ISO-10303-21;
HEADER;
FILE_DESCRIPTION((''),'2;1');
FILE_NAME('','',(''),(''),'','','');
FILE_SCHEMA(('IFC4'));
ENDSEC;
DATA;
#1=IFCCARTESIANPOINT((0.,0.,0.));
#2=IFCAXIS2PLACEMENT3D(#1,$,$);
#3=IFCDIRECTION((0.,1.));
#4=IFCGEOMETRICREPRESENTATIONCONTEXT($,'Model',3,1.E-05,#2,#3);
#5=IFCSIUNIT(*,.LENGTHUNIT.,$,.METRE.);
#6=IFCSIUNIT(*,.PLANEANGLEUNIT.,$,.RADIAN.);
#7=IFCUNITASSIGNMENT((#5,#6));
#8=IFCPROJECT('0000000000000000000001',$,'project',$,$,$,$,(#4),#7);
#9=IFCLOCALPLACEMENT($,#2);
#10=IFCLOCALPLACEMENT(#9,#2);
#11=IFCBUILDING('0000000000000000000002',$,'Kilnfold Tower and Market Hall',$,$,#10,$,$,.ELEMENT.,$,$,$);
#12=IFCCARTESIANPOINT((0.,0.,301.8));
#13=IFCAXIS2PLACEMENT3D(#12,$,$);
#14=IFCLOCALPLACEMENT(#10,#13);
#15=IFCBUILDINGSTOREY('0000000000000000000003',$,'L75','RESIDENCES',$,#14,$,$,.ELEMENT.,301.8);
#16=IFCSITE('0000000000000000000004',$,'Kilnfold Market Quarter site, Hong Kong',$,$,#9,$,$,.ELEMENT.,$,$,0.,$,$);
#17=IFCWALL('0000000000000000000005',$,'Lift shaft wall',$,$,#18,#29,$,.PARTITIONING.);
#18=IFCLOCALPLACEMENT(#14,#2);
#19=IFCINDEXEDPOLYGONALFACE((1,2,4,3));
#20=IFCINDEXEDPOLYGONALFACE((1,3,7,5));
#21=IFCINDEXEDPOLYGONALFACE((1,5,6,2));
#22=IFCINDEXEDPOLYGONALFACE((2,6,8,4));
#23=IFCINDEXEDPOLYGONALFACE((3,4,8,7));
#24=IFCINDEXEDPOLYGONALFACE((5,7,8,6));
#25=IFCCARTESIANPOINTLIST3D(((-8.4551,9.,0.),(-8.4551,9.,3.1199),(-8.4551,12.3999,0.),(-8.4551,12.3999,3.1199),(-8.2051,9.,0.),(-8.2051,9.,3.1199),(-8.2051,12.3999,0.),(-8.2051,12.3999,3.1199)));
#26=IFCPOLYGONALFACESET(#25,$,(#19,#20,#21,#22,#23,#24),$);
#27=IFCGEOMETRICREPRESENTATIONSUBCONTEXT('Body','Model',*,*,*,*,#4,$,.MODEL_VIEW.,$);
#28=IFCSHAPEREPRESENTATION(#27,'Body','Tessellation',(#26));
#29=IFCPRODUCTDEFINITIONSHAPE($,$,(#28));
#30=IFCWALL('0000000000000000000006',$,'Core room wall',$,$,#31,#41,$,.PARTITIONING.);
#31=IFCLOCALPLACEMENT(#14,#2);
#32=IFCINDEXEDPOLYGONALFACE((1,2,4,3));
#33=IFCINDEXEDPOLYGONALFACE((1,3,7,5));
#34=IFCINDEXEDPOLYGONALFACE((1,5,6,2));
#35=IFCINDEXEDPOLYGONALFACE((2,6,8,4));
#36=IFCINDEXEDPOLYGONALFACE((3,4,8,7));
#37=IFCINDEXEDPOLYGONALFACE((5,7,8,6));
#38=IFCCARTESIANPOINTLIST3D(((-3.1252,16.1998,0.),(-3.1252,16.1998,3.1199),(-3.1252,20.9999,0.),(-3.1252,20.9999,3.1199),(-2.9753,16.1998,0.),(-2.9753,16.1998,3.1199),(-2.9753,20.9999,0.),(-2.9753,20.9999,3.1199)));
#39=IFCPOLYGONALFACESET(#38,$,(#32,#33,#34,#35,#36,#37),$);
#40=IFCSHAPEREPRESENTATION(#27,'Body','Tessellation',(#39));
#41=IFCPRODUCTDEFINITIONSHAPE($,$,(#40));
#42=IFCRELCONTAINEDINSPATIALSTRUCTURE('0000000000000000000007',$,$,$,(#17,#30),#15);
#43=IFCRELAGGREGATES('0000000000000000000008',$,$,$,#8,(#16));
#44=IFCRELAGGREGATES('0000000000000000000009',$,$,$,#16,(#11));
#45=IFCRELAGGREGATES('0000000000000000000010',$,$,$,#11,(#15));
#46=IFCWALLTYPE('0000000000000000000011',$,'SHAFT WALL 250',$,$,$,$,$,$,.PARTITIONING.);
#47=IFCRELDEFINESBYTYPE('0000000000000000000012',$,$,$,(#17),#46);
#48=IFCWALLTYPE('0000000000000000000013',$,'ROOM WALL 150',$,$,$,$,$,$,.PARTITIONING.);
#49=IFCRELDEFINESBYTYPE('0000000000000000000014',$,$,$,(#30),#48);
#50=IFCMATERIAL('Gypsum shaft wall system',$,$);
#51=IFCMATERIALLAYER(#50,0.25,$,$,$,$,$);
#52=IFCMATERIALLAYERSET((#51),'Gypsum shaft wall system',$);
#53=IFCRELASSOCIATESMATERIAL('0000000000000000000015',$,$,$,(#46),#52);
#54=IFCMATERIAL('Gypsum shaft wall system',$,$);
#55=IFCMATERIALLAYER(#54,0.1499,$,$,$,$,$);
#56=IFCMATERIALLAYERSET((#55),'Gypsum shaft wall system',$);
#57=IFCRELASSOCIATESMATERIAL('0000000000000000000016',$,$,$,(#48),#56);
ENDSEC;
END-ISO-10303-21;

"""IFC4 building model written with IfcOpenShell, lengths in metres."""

from ifc_helpers import new_model, si_unit, direction, frame, frame_2d, origin, place, context, subcontext, project, spatial, rectangle, extrude, source, transform, mapped, material, layer, layer_set, type_object, element, save


model = new_model("IFC4")

# Units and contexts
model_context = context("Model", 3, precision=1e-05, world=origin(), true_north=direction((0.0, 1.0)))
body_context = subcontext(model_context, "Body", "Model", "MODEL_VIEW")
ifc_project = project(units=[si_unit("LENGTHUNIT", "METRE"), si_unit("PLANEANGLEUNIT", "RADIAN")], contexts=[model_context])

# Site, building, storey
site_placement = place(None, origin())
site = spatial("IfcSite", under=ifc_project, at=site_placement, Name="Kilnfold Market Quarter site, Hong Kong", CompositionType="ELEMENT", RefElevation=0.0)
building_placement = place(site_placement, origin())
building = spatial("IfcBuilding", under=site, at=building_placement, Name="Kilnfold Tower and Market Hall", CompositionType="ELEMENT")
storey_placement = place(building_placement, frame((0.0, 0.0, 301.8)))
storey = spatial("IfcBuildingStorey", under=building, at=storey_placement, Name="L75", Description="RESIDENCES", CompositionType="ELEMENT", Elevation=301.8)

# Walls
ifc_material_1 = material(Name="Gypsum shaft wall system")
ifc_layer_1 = layer(ifc_material_1, 0.25)
ifc_layer_set_1 = layer_set([ifc_layer_1], Name="Gypsum shaft wall system")
wall_type_1 = type_object("IfcWallType", Name="SHAFT WALL 250", PredefinedType="PARTITIONING", material=ifc_layer_set_1)
shared_shape_1 = source(origin(), body_context, "Body", "SweptSolid", [
    extrude(rectangle(XDim=3.3999, YDim=0.25, at=frame_2d((1.7, 0.0))), origin(), (0.0, 0.0, 1.0), 3.1199),
])
for number, where, z_axis, x_axis, name in (
    (1, (-8.3301, 9.0, 0.0), (0.0, 0.0, 1.0), (0.0, 1.0, 0.0), "Lift shaft wall"),
):
    element("IfcWall", number, at=place(storey_placement, frame(where, z_axis=z_axis, x_axis=x_axis)), inside=storey, type_object=wall_type_1, Name=name, PredefinedType="PARTITIONING", context=body_context, shape_type="MappedRepresentation", body=[
        mapped(shared_shape_1, transform((0.0, 0.0, 0.0))),
    ])
ifc_material_2 = material(Name="Gypsum shaft wall system")
ifc_layer_2 = layer(ifc_material_2, 0.1499)
ifc_layer_set_2 = layer_set([ifc_layer_2], Name="Gypsum shaft wall system")
wall_type_2 = type_object("IfcWallType", Name="ROOM WALL 150", PredefinedType="PARTITIONING", material=ifc_layer_set_2)
shared_shape_2 = source(origin(), body_context, "Body", "SweptSolid", [
    extrude(rectangle(XDim=4.8, YDim=0.1499, at=frame_2d((2.3999, 0.0))), origin(), (0.0, 0.0, 1.0), 3.1199),
])
wall_1_placement = place(storey_placement, frame((-3.0503, 16.2, 0.0), z_axis=(0.0, 0.0, 1.0), x_axis=(0.0, 1.0, 0.0)))
element("IfcWall", 2, at=wall_1_placement, inside=storey, type_object=wall_type_2, Name="Core room wall", PredefinedType="PARTITIONING", context=body_context, shape_type="MappedRepresentation", body=[
    mapped(shared_shape_2, transform((0.0, 0.0, 0.0))),
])

save(model, "model.ifc")
